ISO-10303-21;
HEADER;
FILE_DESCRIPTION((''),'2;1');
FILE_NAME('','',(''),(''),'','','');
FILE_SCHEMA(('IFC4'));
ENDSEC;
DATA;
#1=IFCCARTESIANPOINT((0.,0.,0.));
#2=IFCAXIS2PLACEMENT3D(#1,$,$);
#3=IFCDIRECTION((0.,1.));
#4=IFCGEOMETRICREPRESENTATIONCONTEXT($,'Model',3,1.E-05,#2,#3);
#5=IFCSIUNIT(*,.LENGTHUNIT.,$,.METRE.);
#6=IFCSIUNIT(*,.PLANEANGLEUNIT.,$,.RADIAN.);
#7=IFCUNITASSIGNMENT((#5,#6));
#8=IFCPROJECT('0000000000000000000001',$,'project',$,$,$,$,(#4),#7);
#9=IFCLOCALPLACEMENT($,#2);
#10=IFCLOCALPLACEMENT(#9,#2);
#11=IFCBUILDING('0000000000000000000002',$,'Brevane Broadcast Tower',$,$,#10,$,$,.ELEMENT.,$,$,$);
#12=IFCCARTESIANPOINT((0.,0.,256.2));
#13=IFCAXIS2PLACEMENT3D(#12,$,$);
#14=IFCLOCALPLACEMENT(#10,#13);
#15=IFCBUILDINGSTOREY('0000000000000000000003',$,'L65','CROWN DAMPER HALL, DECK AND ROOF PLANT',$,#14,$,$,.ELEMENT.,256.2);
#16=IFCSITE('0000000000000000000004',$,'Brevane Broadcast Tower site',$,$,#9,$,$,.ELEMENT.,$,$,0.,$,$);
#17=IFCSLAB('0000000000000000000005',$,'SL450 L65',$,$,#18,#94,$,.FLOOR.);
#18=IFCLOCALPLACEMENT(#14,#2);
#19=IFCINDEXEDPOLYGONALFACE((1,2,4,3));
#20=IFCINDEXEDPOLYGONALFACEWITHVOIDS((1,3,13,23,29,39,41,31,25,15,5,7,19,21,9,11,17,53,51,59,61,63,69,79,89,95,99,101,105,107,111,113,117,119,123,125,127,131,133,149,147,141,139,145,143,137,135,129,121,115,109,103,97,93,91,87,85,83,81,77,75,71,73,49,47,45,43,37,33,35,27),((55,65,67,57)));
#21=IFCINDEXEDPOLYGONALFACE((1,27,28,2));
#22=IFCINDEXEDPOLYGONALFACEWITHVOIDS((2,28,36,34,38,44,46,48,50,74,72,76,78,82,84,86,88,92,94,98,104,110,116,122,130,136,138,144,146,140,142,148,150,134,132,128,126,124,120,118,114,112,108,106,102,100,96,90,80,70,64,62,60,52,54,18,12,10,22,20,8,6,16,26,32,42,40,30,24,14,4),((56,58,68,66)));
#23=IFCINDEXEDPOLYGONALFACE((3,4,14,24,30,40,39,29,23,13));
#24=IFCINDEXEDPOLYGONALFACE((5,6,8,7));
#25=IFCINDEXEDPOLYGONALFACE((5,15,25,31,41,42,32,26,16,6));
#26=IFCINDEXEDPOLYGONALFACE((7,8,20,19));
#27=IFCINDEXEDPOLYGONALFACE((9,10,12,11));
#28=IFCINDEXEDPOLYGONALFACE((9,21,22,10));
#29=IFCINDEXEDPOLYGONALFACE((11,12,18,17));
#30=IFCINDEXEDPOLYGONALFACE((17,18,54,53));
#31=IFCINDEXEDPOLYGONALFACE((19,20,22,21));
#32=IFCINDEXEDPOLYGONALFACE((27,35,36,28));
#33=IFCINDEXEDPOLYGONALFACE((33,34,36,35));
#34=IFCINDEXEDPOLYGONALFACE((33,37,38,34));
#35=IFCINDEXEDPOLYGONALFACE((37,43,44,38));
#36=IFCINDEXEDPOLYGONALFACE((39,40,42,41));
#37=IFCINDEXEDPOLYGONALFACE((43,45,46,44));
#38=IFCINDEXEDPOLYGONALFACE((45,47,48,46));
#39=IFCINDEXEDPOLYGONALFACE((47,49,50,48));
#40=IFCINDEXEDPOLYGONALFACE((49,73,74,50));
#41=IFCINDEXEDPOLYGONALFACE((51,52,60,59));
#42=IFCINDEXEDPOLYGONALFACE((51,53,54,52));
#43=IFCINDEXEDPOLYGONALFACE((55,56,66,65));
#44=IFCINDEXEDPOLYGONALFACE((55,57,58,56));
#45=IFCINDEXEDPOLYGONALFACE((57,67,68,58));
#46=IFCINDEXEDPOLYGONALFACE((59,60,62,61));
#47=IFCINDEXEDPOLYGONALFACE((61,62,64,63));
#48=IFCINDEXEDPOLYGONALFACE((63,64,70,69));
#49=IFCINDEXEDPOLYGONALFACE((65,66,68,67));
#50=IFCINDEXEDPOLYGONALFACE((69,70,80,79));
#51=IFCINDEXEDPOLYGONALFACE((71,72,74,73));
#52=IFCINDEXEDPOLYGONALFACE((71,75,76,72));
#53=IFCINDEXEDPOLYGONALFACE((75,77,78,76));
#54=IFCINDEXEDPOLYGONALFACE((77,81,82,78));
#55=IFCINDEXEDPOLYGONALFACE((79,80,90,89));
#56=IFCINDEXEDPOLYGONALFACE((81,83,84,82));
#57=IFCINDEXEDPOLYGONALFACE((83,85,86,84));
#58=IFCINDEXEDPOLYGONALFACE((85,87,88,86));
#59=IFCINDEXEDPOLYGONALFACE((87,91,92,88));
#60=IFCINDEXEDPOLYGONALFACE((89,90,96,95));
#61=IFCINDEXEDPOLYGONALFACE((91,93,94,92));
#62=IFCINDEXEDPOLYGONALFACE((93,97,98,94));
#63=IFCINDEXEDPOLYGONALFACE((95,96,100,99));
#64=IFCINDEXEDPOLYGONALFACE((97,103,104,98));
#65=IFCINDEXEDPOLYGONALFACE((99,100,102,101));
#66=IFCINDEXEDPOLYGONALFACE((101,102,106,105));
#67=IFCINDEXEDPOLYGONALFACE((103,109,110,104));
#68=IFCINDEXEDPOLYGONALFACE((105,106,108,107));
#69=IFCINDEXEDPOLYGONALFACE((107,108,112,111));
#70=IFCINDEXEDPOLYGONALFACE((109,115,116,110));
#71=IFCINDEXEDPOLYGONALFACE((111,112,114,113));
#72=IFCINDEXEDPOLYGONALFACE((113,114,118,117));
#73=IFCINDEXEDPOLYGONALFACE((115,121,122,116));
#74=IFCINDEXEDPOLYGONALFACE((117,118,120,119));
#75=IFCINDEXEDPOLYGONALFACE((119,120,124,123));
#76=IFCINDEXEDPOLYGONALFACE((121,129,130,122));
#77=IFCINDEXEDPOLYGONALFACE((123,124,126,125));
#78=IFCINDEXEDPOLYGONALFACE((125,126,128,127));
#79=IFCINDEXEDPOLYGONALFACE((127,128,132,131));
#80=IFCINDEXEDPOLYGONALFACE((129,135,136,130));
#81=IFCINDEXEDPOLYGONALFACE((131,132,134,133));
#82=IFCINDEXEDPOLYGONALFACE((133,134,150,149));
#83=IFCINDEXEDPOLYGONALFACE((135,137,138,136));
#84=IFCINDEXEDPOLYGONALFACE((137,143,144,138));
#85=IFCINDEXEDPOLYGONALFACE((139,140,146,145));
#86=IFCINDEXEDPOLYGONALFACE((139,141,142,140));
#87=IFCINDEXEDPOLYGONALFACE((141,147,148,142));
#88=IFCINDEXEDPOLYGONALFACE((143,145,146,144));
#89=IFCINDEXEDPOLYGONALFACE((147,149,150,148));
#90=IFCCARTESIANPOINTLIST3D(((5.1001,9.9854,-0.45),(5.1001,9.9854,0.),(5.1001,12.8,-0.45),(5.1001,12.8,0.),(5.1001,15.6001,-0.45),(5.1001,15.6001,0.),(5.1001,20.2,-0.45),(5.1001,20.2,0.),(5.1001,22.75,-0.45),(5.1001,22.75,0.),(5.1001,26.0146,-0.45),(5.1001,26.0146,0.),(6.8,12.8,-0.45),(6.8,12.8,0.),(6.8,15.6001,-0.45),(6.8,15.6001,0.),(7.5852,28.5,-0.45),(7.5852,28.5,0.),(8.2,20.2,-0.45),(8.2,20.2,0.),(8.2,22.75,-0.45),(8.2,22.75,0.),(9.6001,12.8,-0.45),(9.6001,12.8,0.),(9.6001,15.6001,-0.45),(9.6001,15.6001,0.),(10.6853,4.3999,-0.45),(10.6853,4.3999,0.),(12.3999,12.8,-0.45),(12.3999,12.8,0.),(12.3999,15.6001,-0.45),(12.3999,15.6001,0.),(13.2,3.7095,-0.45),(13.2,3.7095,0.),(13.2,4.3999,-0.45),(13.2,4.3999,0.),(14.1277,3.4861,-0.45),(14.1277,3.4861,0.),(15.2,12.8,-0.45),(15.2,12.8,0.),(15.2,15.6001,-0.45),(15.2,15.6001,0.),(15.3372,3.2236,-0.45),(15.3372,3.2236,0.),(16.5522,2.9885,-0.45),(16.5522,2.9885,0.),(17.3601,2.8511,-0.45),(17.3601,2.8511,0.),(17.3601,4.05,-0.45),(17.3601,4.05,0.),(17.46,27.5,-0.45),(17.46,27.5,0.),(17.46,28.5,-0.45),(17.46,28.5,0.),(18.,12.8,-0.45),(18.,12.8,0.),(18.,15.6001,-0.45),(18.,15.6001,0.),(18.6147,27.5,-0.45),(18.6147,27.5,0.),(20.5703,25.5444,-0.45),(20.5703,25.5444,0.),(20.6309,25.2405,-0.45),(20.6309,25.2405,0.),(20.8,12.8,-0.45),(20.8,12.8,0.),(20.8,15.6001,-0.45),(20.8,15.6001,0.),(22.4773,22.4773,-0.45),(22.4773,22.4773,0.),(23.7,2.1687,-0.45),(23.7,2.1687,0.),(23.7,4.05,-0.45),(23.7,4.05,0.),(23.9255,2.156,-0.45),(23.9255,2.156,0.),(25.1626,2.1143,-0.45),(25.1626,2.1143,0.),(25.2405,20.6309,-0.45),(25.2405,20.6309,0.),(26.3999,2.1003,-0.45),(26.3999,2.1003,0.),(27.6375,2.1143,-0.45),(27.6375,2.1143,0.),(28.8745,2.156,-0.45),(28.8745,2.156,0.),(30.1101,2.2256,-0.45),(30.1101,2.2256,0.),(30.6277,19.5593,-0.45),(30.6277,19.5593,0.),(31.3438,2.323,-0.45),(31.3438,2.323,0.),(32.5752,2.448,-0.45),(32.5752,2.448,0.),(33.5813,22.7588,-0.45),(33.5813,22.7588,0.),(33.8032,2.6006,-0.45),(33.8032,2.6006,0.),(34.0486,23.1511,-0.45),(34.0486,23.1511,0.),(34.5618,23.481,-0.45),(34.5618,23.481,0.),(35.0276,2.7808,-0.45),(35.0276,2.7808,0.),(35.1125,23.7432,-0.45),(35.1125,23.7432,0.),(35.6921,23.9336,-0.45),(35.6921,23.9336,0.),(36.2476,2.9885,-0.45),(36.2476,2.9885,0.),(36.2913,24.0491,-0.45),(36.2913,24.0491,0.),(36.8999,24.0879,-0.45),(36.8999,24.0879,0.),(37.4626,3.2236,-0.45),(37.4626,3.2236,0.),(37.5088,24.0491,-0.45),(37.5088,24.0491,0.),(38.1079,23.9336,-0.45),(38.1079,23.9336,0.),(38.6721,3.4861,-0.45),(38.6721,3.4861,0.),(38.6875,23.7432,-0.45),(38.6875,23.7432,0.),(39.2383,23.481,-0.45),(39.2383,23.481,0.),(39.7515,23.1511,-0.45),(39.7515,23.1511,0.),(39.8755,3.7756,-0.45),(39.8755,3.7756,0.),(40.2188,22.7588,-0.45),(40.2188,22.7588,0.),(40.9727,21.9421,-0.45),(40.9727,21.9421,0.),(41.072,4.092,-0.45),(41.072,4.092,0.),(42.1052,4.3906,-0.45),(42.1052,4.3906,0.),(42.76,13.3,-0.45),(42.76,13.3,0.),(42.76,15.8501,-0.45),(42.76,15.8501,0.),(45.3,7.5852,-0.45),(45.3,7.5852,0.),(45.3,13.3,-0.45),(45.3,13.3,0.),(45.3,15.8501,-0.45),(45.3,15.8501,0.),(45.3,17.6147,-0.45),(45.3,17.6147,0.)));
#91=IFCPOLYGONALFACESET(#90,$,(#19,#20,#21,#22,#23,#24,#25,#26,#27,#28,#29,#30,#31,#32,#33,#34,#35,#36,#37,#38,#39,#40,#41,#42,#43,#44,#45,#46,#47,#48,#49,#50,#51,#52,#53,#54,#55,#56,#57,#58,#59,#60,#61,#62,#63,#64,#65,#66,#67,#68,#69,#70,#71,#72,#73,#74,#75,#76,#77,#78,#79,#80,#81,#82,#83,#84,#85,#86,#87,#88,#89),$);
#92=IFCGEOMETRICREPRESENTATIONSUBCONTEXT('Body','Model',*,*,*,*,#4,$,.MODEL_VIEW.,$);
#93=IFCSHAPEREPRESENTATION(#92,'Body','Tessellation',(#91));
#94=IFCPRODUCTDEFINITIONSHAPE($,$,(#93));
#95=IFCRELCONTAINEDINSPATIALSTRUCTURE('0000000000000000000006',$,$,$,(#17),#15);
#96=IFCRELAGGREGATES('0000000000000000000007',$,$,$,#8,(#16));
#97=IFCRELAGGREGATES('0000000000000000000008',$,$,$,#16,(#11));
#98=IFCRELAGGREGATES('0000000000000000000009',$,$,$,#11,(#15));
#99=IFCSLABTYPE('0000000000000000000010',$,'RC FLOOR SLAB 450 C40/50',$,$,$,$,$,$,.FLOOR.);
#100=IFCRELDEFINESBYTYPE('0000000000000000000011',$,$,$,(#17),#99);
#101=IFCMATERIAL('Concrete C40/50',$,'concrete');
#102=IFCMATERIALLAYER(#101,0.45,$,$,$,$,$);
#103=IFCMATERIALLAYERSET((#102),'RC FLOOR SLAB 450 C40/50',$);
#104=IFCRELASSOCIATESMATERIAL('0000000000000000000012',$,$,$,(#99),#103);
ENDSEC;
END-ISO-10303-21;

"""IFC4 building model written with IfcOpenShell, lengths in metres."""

from ifc_helpers import new_model, si_unit, direction, frame, origin, place, context, subcontext, project, spatial, polyline, outline, extrude, material, layer, layer_set, type_object, element, save


model = new_model("IFC4")

# Units and contexts
model_context = context("Model", 3, precision=1e-05, world=origin(), true_north=direction((0.0, 1.0)))
body_context = subcontext(model_context, "Body", "Model", "MODEL_VIEW")
ifc_project = project(units=[si_unit("LENGTHUNIT", "METRE"), si_unit("PLANEANGLEUNIT", "RADIAN")], contexts=[model_context])

# Site, building, storey
site_placement = place(None, origin())
site = spatial("IfcSite", under=ifc_project, at=site_placement, Name="Brevane Broadcast Tower site", CompositionType="ELEMENT", RefElevation=0.0)
building_placement = place(site_placement, origin())
building = spatial("IfcBuilding", under=site, at=building_placement, Name="Brevane Broadcast Tower", CompositionType="ELEMENT")
storey_placement = place(building_placement, frame((0.0, 0.0, 256.2)))
storey = spatial("IfcBuildingStorey", under=building, at=storey_placement, Name="L65", Description="CROWN DAMPER HALL, DECK AND ROOF PLANT", CompositionType="ELEMENT", Elevation=256.2)

# Slab
ifc_material_1 = material(Name="Concrete C40/50", Category="concrete")
ifc_layer_1 = layer(ifc_material_1, 0.45)
ifc_layer_set_1 = layer_set([ifc_layer_1], Name="RC FLOOR SLAB 450 C40/50")
slab_type_1 = type_object("IfcSlabType", Name="RC FLOOR SLAB 450 C40/50", PredefinedType="FLOOR", material=ifc_layer_set_1)
slab_1_placement = place(storey_placement, frame((0.0, 0.0, -0.45)))
element("IfcSlab", 1, at=slab_1_placement, inside=storey, type_object=slab_type_1, Name="SL450 L65", PredefinedType="FLOOR", context=body_context, shape_type="SweptSolid", body=[
    extrude(outline(polyline([(5.1001, 9.9854), (5.1001, 12.8), (6.8, 12.8), (9.6001, 12.8), (12.3999, 12.8), (15.2, 12.8), (15.2, 15.6001), (12.3999, 15.6001), (9.6001, 15.6001), (6.8, 15.6001), (5.1001, 15.6001), (5.1001, 20.2), (8.2, 20.2), (8.2, 22.75), (5.1001, 22.75), (5.1001, 26.0146), (7.5852, 28.5), (17.46, 28.5), (17.46, 27.5), (18.6147, 27.5), (20.5703, 25.5444), (20.6309, 25.2405), (22.4773, 22.4773), (25.2405, 20.6309), (30.6277, 19.5593), (33.5813, 22.7588), (34.0486, 23.1511), (34.5618, 23.481), (35.1125, 23.7432), (35.6921, 23.9336), (36.2913, 24.0491), (36.8999, 24.0879), (37.5088, 24.0491), (38.1079, 23.9336), (38.6875, 23.7432), (39.2383, 23.481), (39.7515, 23.1511), (40.2188, 22.7588), (40.9727, 21.9421), (45.3, 17.6147), (45.3, 15.8501), (42.76, 15.8501), (42.76, 13.3), (45.3, 13.3), (45.3, 7.5852), (42.1052, 4.3906), (41.072, 4.092), (39.8755, 3.7756), (38.6721, 3.4861), (37.4626, 3.2236), (36.2476, 2.9885), (35.0276, 2.7808), (33.8032, 2.6006), (32.5752, 2.448), (31.3438, 2.323), (30.1101, 2.2256), (28.8745, 2.156), (27.6375, 2.1143), (26.3999, 2.1003), (25.1626, 2.1143), (23.9255, 2.156), (23.7, 2.1687), (23.7, 4.05), (17.3601, 4.05), (17.3601, 2.8511), (16.5522, 2.9885), (15.3372, 3.2236), (14.1277, 3.4861), (13.2, 3.7095), (13.2, 4.3999), (10.6853, 4.3999), (5.1001, 9.9854)]), holes=[polyline([(20.8, 15.6001), (18.0, 15.6001), (18.0, 12.8), (20.8, 12.8), (20.8, 15.6001)])]), origin(), (0.0, 0.0, 1.0), 0.45),
])

save(model, "model.ifc")
